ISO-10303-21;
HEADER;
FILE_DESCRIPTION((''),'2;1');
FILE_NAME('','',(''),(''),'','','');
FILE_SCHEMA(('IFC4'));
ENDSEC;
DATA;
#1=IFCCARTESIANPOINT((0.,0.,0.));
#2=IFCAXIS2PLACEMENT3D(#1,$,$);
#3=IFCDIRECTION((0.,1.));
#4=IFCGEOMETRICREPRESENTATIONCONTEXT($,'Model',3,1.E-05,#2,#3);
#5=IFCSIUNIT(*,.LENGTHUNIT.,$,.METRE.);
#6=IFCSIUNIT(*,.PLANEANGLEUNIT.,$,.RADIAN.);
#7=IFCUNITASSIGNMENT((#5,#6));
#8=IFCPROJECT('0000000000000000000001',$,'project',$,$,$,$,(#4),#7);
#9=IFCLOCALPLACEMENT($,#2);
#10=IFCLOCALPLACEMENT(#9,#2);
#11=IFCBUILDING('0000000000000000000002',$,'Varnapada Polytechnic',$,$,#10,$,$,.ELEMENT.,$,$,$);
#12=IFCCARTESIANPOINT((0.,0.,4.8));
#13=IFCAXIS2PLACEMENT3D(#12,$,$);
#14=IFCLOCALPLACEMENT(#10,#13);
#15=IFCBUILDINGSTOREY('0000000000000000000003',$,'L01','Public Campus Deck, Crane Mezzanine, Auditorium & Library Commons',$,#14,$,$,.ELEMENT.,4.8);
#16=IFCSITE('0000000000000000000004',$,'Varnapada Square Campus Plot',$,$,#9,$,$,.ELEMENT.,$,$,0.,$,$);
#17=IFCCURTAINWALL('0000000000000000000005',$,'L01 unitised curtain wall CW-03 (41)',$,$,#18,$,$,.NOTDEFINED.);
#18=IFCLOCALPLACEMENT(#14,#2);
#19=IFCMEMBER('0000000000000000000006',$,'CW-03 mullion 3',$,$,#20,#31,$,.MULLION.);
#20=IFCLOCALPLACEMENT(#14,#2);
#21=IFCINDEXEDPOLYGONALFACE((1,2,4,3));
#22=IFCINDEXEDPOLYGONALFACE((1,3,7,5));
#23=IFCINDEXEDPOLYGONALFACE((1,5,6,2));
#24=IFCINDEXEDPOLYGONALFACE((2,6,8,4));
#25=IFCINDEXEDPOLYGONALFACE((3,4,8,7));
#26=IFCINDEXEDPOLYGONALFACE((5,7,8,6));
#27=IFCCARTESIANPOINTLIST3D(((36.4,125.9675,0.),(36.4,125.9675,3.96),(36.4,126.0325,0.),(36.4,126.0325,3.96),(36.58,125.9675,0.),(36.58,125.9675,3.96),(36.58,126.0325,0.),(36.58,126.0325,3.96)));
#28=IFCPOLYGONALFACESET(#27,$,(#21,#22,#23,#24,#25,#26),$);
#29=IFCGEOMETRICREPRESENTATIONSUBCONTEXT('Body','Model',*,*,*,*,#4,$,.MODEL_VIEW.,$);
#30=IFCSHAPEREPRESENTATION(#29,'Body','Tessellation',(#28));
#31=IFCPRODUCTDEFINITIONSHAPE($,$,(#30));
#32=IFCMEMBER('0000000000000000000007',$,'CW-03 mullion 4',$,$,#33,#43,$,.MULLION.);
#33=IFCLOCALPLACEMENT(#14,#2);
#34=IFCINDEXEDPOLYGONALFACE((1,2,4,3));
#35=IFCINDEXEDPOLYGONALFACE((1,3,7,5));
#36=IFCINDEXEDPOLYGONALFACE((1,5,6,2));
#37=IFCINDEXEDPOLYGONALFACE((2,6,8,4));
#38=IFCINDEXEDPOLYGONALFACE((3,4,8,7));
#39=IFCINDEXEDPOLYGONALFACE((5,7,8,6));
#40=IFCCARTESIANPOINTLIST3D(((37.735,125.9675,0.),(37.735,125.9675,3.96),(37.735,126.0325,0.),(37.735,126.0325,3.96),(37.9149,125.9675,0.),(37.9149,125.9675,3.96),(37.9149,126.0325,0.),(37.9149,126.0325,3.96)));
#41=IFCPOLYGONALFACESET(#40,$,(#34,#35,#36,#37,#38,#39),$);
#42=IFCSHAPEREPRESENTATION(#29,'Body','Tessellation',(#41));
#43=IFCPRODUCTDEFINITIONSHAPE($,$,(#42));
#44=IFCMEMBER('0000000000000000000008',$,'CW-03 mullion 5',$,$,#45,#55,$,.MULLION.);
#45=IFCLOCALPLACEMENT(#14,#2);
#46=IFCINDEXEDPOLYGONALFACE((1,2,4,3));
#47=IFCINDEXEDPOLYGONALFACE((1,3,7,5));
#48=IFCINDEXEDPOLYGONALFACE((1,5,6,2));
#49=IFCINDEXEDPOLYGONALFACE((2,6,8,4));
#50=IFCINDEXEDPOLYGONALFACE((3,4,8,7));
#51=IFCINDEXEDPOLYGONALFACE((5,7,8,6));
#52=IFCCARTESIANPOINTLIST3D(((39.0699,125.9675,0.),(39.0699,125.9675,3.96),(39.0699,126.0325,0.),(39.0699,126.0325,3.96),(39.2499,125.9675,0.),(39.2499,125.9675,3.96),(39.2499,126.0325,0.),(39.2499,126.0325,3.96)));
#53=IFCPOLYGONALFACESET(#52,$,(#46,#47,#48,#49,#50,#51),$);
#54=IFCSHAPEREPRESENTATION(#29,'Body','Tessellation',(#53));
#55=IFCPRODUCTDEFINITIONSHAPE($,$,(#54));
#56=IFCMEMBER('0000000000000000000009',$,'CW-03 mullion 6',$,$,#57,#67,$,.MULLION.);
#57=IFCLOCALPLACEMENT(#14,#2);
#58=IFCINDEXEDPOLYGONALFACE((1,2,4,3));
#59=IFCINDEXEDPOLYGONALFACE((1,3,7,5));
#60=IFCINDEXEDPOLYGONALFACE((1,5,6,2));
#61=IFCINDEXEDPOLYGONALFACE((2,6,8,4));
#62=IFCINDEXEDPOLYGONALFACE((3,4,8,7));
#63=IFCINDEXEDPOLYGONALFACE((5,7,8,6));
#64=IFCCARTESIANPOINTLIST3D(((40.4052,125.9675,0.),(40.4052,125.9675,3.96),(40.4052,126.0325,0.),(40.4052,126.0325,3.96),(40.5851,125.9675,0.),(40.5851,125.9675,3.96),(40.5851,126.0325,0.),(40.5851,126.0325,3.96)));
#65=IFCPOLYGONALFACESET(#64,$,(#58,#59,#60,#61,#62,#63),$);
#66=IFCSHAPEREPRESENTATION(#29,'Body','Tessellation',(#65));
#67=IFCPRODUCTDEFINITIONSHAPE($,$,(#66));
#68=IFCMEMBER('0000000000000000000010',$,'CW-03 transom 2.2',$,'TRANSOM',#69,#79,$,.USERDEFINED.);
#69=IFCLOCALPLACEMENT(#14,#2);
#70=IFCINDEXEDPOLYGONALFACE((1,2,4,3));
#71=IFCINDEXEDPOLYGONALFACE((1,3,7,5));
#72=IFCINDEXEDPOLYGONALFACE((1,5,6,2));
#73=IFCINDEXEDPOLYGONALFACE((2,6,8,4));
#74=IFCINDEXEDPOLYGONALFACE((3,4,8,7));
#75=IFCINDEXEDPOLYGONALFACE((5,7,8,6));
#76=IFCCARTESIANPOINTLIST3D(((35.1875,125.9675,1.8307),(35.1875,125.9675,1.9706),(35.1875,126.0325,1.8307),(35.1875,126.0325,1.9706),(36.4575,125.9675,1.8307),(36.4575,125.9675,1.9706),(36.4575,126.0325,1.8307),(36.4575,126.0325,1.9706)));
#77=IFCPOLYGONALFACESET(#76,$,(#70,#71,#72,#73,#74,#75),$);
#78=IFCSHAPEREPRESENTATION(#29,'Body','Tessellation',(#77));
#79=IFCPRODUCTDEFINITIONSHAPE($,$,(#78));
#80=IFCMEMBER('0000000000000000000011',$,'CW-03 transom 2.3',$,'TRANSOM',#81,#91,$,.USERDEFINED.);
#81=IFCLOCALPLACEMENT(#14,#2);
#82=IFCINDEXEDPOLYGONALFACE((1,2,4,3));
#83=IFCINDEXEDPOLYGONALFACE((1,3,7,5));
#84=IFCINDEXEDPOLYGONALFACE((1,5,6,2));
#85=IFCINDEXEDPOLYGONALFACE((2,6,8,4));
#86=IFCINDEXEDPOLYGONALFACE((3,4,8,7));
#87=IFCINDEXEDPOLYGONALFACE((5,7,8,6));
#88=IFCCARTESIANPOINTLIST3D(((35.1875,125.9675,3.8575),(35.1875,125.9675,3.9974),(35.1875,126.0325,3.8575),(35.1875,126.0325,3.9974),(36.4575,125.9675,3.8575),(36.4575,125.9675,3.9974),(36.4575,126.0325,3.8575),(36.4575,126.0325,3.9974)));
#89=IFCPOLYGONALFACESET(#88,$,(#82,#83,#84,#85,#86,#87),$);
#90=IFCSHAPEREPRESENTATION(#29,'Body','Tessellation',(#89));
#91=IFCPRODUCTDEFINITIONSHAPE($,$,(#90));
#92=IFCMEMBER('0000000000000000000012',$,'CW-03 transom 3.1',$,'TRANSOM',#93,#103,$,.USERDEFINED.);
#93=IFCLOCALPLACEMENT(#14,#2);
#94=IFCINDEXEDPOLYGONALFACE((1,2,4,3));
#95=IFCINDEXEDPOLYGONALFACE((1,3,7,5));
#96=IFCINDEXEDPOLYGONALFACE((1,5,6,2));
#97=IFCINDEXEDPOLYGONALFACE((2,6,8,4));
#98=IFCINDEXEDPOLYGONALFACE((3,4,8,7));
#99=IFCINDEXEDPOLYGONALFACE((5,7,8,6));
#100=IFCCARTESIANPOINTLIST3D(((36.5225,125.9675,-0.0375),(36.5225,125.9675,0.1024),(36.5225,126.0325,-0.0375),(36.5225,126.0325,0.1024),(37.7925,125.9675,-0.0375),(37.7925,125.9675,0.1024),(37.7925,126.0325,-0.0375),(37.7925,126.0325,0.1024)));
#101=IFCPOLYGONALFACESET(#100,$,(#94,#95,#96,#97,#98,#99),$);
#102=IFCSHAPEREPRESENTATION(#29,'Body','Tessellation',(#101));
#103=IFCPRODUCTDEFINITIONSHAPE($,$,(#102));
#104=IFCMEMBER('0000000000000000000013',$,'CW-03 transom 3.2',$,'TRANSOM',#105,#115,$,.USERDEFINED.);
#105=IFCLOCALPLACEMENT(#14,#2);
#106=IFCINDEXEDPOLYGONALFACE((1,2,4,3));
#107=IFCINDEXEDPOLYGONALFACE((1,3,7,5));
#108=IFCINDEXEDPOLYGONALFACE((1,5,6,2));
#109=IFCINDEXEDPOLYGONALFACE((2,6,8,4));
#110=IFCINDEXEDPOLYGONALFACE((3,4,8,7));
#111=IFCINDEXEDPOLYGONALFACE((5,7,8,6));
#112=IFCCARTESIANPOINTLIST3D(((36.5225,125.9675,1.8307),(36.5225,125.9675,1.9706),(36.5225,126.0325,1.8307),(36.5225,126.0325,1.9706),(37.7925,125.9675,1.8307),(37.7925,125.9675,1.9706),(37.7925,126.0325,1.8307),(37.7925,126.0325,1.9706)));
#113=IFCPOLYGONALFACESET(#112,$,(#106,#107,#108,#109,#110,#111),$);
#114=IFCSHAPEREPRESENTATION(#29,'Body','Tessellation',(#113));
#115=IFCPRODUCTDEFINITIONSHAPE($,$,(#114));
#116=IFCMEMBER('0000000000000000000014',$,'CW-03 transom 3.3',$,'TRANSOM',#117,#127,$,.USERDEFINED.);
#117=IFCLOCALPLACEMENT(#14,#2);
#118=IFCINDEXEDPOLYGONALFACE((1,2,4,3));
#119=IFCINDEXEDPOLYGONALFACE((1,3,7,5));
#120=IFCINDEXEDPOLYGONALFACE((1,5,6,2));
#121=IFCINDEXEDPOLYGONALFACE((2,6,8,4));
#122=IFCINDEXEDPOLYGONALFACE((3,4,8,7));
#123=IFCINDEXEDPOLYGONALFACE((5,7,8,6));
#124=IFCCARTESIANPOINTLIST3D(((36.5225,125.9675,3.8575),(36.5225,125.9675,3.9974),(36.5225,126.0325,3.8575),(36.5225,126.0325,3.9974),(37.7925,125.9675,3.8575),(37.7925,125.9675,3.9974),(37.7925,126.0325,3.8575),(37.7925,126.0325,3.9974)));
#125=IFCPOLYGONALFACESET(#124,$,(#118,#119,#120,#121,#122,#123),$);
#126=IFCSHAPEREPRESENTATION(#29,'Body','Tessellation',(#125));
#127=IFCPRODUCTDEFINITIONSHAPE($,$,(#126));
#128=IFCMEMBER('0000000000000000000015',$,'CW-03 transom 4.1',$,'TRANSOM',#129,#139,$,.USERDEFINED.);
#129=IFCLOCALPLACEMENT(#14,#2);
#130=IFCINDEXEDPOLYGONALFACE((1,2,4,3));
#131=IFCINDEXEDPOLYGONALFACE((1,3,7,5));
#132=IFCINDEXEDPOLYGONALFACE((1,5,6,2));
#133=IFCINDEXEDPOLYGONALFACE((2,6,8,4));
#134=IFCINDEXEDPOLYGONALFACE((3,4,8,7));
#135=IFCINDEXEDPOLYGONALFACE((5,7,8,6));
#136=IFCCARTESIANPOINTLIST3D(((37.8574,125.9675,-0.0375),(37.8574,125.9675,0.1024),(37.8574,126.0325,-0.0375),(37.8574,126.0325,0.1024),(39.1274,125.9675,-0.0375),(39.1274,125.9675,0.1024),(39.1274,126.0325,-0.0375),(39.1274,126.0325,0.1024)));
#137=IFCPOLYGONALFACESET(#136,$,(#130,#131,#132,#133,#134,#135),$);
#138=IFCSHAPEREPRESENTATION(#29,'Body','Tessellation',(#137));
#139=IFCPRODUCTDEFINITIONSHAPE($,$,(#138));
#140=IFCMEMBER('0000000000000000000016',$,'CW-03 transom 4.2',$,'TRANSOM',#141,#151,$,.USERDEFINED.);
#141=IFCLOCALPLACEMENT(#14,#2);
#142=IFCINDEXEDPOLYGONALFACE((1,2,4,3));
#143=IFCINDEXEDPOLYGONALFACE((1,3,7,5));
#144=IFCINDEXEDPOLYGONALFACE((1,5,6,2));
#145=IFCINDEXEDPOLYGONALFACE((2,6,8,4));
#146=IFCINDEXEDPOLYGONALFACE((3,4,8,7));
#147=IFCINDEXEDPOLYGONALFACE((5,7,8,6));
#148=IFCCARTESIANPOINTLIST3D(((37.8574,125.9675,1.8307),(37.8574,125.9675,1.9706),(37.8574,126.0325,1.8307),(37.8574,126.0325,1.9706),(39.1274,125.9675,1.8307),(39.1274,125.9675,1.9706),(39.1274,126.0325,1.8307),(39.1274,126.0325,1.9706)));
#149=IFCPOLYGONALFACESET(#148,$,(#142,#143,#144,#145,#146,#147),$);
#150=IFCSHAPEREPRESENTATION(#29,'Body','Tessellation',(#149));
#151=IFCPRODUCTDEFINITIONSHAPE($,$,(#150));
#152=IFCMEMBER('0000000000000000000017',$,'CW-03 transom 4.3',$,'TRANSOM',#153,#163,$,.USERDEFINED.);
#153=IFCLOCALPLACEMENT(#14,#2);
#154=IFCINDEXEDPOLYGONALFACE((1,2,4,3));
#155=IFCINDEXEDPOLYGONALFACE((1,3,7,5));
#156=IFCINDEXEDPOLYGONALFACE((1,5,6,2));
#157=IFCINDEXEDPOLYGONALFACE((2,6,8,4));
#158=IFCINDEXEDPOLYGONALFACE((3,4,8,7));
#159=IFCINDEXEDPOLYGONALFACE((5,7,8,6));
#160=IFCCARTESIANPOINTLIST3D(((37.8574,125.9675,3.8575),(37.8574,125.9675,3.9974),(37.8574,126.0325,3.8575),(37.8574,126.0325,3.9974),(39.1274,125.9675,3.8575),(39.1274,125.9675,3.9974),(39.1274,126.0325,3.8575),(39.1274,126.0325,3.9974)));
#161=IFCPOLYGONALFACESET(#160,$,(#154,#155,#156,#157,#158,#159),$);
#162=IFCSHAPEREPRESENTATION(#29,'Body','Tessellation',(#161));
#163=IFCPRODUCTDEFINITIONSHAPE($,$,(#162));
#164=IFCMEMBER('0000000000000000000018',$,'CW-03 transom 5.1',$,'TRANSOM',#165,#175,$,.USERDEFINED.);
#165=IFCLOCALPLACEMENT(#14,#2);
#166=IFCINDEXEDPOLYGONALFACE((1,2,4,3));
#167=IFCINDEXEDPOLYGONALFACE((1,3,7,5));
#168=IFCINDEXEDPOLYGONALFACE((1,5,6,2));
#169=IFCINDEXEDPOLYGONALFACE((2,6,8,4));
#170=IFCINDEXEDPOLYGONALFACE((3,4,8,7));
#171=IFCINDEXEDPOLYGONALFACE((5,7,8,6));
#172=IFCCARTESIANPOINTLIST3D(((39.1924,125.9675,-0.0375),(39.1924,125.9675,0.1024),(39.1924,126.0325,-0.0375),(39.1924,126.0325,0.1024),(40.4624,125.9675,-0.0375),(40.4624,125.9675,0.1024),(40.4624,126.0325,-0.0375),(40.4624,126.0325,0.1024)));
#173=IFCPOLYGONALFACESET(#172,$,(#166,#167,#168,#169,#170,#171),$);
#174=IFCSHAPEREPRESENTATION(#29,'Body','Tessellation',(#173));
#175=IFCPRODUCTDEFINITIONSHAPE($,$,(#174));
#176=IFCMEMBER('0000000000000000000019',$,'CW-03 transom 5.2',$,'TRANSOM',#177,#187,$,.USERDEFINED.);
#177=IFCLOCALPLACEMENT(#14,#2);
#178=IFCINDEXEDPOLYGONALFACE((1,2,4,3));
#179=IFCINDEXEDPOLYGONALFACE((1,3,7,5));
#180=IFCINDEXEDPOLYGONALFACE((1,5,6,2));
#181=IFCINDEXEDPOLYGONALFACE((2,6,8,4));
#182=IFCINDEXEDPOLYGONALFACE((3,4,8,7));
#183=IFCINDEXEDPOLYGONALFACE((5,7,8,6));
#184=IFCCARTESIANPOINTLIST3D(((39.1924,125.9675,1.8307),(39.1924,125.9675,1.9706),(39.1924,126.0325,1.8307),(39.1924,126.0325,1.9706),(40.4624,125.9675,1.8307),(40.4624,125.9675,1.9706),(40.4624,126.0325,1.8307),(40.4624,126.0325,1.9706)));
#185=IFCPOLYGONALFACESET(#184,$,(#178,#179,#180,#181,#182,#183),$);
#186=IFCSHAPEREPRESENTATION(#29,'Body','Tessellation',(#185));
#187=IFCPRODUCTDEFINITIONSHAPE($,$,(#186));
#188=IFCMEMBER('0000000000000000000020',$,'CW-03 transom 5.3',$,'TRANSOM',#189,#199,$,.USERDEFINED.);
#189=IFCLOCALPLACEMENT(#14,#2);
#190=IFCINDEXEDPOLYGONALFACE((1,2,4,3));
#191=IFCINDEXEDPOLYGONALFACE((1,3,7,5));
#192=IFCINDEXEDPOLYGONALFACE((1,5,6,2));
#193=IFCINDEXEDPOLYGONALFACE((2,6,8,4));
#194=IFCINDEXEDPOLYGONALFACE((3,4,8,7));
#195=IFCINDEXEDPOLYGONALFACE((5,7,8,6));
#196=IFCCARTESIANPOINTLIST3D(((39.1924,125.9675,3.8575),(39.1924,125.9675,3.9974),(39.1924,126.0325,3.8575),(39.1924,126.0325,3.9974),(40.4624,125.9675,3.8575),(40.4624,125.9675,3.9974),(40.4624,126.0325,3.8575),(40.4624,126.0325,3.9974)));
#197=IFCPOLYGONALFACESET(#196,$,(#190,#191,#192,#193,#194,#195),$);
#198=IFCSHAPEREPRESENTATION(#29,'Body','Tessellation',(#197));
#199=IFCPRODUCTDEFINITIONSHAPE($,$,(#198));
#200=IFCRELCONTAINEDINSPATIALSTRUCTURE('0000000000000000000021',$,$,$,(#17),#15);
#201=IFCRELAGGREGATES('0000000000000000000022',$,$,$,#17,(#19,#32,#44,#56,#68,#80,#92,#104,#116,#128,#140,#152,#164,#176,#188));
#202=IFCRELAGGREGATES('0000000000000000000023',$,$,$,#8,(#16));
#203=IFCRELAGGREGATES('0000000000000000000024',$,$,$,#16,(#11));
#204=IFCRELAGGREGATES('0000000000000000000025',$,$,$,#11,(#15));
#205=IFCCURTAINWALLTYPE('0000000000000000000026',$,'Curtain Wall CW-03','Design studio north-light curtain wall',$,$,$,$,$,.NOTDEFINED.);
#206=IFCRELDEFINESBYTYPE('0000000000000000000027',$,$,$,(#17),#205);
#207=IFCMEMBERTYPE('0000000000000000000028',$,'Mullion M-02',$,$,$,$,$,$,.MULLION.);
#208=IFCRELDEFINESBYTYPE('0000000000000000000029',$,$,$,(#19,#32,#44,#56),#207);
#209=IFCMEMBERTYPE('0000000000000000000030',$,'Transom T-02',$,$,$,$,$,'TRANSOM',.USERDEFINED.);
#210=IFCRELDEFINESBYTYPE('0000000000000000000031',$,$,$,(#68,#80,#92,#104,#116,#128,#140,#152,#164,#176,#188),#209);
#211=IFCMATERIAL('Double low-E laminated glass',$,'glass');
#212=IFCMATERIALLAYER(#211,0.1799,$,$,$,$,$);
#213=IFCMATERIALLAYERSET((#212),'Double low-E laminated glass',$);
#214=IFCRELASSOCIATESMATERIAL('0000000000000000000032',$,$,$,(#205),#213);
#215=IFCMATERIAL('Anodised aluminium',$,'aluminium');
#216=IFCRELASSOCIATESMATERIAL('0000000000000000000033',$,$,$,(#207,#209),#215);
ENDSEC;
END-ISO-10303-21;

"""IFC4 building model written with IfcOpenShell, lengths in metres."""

from ifc_helpers import new_model, si_unit, direction, frame, origin, origin_2d, place, context, subcontext, project, spatial, rectangle, extrude, material, layer, layer_set, material_profile, profile_set, type_object, element, aggregate, save


model = new_model("IFC4")

# Units and contexts
model_context = context("Model", 3, precision=1e-05, world=origin(), true_north=direction((0.0, 1.0)))
body_context = subcontext(model_context, "Body", "Model", "MODEL_VIEW")
ifc_project = project(units=[si_unit("LENGTHUNIT", "METRE"), si_unit("PLANEANGLEUNIT", "RADIAN")], contexts=[model_context])

# Site, building, storey
site_placement = place(None, origin())
site = spatial("IfcSite", under=ifc_project, at=site_placement, Name="Varnapada Square Campus Plot", CompositionType="ELEMENT", RefElevation=0.0)
building_placement = place(site_placement, origin())
building = spatial("IfcBuilding", under=site, at=building_placement, Name="Varnapada Polytechnic", CompositionType="ELEMENT")
storey_placement = place(building_placement, frame((0.0, 0.0, 4.8)))
storey = spatial("IfcBuildingStorey", under=building, at=storey_placement, Name="L01", Description="Public Campus Deck, Crane Mezzanine, Auditorium & Library Commons", CompositionType="ELEMENT", Elevation=4.8)

# Curtain wall, members
ifc_material_1 = material(Name="Double low-E laminated glass", Category="glass")
ifc_layer_1 = layer(ifc_material_1, 0.1799)
ifc_layer_set_1 = layer_set([ifc_layer_1], Name="Double low-E laminated glass")
curtain_wall_type = type_object("IfcCurtainWallType", Name="Curtain Wall CW-03", Description="Design studio north-light curtain wall", PredefinedType="NOTDEFINED", material=ifc_layer_set_1)
curtain_wall_placement = place(storey_placement, origin())
curtain_wall = element("IfcCurtainWall", 1, at=curtain_wall_placement, inside=storey, type_object=curtain_wall_type, Name="L01 unitised curtain wall CW-03 (41)", PredefinedType="NOTDEFINED")
ifc_material_2 = material(Name="Anodised aluminium", Category="aluminium")
ifc_material_profile_1 = material_profile(ifc_material_2, rectangle(XDim=0.0649, YDim=0.1799, at=origin_2d()), Name="ALU M65x180")
ifc_profile_set_1 = profile_set([ifc_material_profile_1], Name="Anodised aluminium")
member_type_1 = type_object("IfcMemberType", Name="Mullion M-02", PredefinedType="MULLION", material=ifc_profile_set_1)
member_1_placement = place(storey_placement, frame((36.49, 126.0, 0.0), z_axis=(0.0, 0.0, 1.0), x_axis=(0.0, 1.0, 0.0)))
member_1 = element("IfcMember", 2, at=member_1_placement, type_object=member_type_1, Name="CW-03 mullion 3", PredefinedType="MULLION", context=body_context, shape_type="SweptSolid", body=[
    extrude(rectangle(XDim=0.0649, YDim=0.1799, at=origin_2d()), origin(), (0.0, 0.0, 1.0), 3.96),
])
member_2_placement = place(storey_placement, frame((37.825, 126.0, 0.0), z_axis=(0.0, 0.0, 1.0), x_axis=(0.0, 1.0, 0.0)))
member_2 = element("IfcMember", 3, at=member_2_placement, type_object=member_type_1, Name="CW-03 mullion 4", PredefinedType="MULLION", context=body_context, shape_type="SweptSolid", body=[
    extrude(rectangle(XDim=0.0649, YDim=0.1799, at=origin_2d()), origin(), (0.0, 0.0, 1.0), 3.96),
])
member_3_placement = place(storey_placement, frame((39.1599, 126.0, 0.0), z_axis=(0.0, 0.0, 1.0), x_axis=(0.0, 1.0, 0.0)))
member_3 = element("IfcMember", 4, at=member_3_placement, type_object=member_type_1, Name="CW-03 mullion 5", PredefinedType="MULLION", context=body_context, shape_type="SweptSolid", body=[
    extrude(rectangle(XDim=0.0649, YDim=0.1799, at=origin_2d()), origin(), (0.0, 0.0, 1.0), 3.96),
])
member_4_placement = place(storey_placement, frame((40.4951, 126.0, 0.0), z_axis=(0.0, 0.0, 1.0), x_axis=(0.0, 1.0, 0.0)))
member_4 = element("IfcMember", 5, at=member_4_placement, type_object=member_type_1, Name="CW-03 mullion 6", PredefinedType="MULLION", context=body_context, shape_type="SweptSolid", body=[
    extrude(rectangle(XDim=0.0649, YDim=0.1799, at=origin_2d()), origin(), (0.0, 0.0, 1.0), 3.96),
])
ifc_material_profile_2 = material_profile(ifc_material_2, rectangle(XDim=0.0649, YDim=0.1399, at=origin_2d()), Name="ALU T65x140")
ifc_profile_set_2 = profile_set([ifc_material_profile_2], Name="Anodised aluminium")
member_type_2 = type_object("IfcMemberType", Name="Transom T-02", ElementType="TRANSOM", PredefinedType="USERDEFINED", material=ifc_profile_set_2)
member_5_placement = place(storey_placement, frame((35.1875, 126.0, 1.9006), z_axis=(1.0, 0.0, 0.0), x_axis=(0.0, 1.0, 0.0)))
member_5 = element("IfcMember", 6, at=member_5_placement, type_object=member_type_2, Name="CW-03 transom 2.2", ObjectType="TRANSOM", PredefinedType="USERDEFINED", context=body_context, shape_type="SweptSolid", body=[
    extrude(rectangle(XDim=0.0649, YDim=0.1399, at=origin_2d()), origin(), (0.0, 0.0, 1.0), 1.27),
])
member_6_placement = place(storey_placement, frame((35.1875, 126.0, 3.9275), z_axis=(1.0, 0.0, 0.0), x_axis=(0.0, 1.0, 0.0)))
member_6 = element("IfcMember", 7, at=member_6_placement, type_object=member_type_2, Name="CW-03 transom 2.3", ObjectType="TRANSOM", PredefinedType="USERDEFINED", context=body_context, shape_type="SweptSolid", body=[
    extrude(rectangle(XDim=0.0649, YDim=0.1399, at=origin_2d()), origin(), (0.0, 0.0, 1.0), 1.27),
])
member_7_placement = place(storey_placement, frame((36.5225, 126.0, 0.0325), z_axis=(1.0, 0.0, 0.0), x_axis=(0.0, 1.0, 0.0)))
member_7 = element("IfcMember", 8, at=member_7_placement, type_object=member_type_2, Name="CW-03 transom 3.1", ObjectType="TRANSOM", PredefinedType="USERDEFINED", context=body_context, shape_type="SweptSolid", body=[
    extrude(rectangle(XDim=0.0649, YDim=0.1399, at=origin_2d()), origin(), (0.0, 0.0, 1.0), 1.27),
])
member_8_placement = place(storey_placement, frame((36.5225, 126.0, 1.9006), z_axis=(1.0, 0.0, 0.0), x_axis=(0.0, 1.0, 0.0)))
member_8 = element("IfcMember", 9, at=member_8_placement, type_object=member_type_2, Name="CW-03 transom 3.2", ObjectType="TRANSOM", PredefinedType="USERDEFINED", context=body_context, shape_type="SweptSolid", body=[
    extrude(rectangle(XDim=0.0649, YDim=0.1399, at=origin_2d()), origin(), (0.0, 0.0, 1.0), 1.27),
])
member_9_placement = place(storey_placement, frame((36.5225, 126.0, 3.9275), z_axis=(1.0, 0.0, 0.0), x_axis=(0.0, 1.0, 0.0)))
member_9 = element("IfcMember", 10, at=member_9_placement, type_object=member_type_2, Name="CW-03 transom 3.3", ObjectType="TRANSOM", PredefinedType="USERDEFINED", context=body_context, shape_type="SweptSolid", body=[
    extrude(rectangle(XDim=0.0649, YDim=0.1399, at=origin_2d()), origin(), (0.0, 0.0, 1.0), 1.27),
])
member_10_placement = place(storey_placement, frame((37.8574, 126.0, 0.0325), z_axis=(1.0, 0.0, 0.0), x_axis=(0.0, 1.0, 0.0)))
member_10 = element("IfcMember", 11, at=member_10_placement, type_object=member_type_2, Name="CW-03 transom 4.1", ObjectType="TRANSOM", PredefinedType="USERDEFINED", context=body_context, shape_type="SweptSolid", body=[
    extrude(rectangle(XDim=0.0649, YDim=0.1399, at=origin_2d()), origin(), (0.0, 0.0, 1.0), 1.27),
])
member_11_placement = place(storey_placement, frame((37.8574, 126.0, 1.9006), z_axis=(1.0, 0.0, 0.0), x_axis=(0.0, 1.0, 0.0)))
member_11 = element("IfcMember", 12, at=member_11_placement, type_object=member_type_2, Name="CW-03 transom 4.2", ObjectType="TRANSOM", PredefinedType="USERDEFINED", context=body_context, shape_type="SweptSolid", body=[
    extrude(rectangle(XDim=0.0649, YDim=0.1399, at=origin_2d()), origin(), (0.0, 0.0, 1.0), 1.27),
])
member_12_placement = place(storey_placement, frame((37.8574, 126.0, 3.9275), z_axis=(1.0, 0.0, 0.0), x_axis=(0.0, 1.0, 0.0)))
member_12 = element("IfcMember", 13, at=member_12_placement, type_object=member_type_2, Name="CW-03 transom 4.3", ObjectType="TRANSOM", PredefinedType="USERDEFINED", context=body_context, shape_type="SweptSolid", body=[
    extrude(rectangle(XDim=0.0649, YDim=0.1399, at=origin_2d()), origin(), (0.0, 0.0, 1.0), 1.27),
])
member_13_placement = place(storey_placement, frame((39.1924, 126.0, 0.0325), z_axis=(1.0, 0.0, 0.0), x_axis=(0.0, 1.0, 0.0)))
member_13 = element("IfcMember", 14, at=member_13_placement, type_object=member_type_2, Name="CW-03 transom 5.1", ObjectType="TRANSOM", PredefinedType="USERDEFINED", context=body_context, shape_type="SweptSolid", body=[
    extrude(rectangle(XDim=0.0649, YDim=0.1399, at=origin_2d()), origin(), (0.0, 0.0, 1.0), 1.27),
])
member_14_placement = place(storey_placement, frame((39.1924, 126.0, 1.9006), z_axis=(1.0, 0.0, 0.0), x_axis=(0.0, 1.0, 0.0)))
member_14 = element("IfcMember", 15, at=member_14_placement, type_object=member_type_2, Name="CW-03 transom 5.2", ObjectType="TRANSOM", PredefinedType="USERDEFINED", context=body_context, shape_type="SweptSolid", body=[
    extrude(rectangle(XDim=0.0649, YDim=0.1399, at=origin_2d()), origin(), (0.0, 0.0, 1.0), 1.27),
])
member_15_placement = place(storey_placement, frame((39.1924, 126.0, 3.9275), z_axis=(1.0, 0.0, 0.0), x_axis=(0.0, 1.0, 0.0)))
member_15 = element("IfcMember", 16, at=member_15_placement, type_object=member_type_2, Name="CW-03 transom 5.3", ObjectType="TRANSOM", PredefinedType="USERDEFINED", context=body_context, shape_type="SweptSolid", body=[
    extrude(rectangle(XDim=0.0649, YDim=0.1399, at=origin_2d()), origin(), (0.0, 0.0, 1.0), 1.27),
])
aggregate(curtain_wall, [member_1, member_2, member_3, member_4, member_5, member_6, member_7, member_8, member_9, member_10, member_11, member_12, member_13, member_14, member_15])

save(model, "model.ifc")
